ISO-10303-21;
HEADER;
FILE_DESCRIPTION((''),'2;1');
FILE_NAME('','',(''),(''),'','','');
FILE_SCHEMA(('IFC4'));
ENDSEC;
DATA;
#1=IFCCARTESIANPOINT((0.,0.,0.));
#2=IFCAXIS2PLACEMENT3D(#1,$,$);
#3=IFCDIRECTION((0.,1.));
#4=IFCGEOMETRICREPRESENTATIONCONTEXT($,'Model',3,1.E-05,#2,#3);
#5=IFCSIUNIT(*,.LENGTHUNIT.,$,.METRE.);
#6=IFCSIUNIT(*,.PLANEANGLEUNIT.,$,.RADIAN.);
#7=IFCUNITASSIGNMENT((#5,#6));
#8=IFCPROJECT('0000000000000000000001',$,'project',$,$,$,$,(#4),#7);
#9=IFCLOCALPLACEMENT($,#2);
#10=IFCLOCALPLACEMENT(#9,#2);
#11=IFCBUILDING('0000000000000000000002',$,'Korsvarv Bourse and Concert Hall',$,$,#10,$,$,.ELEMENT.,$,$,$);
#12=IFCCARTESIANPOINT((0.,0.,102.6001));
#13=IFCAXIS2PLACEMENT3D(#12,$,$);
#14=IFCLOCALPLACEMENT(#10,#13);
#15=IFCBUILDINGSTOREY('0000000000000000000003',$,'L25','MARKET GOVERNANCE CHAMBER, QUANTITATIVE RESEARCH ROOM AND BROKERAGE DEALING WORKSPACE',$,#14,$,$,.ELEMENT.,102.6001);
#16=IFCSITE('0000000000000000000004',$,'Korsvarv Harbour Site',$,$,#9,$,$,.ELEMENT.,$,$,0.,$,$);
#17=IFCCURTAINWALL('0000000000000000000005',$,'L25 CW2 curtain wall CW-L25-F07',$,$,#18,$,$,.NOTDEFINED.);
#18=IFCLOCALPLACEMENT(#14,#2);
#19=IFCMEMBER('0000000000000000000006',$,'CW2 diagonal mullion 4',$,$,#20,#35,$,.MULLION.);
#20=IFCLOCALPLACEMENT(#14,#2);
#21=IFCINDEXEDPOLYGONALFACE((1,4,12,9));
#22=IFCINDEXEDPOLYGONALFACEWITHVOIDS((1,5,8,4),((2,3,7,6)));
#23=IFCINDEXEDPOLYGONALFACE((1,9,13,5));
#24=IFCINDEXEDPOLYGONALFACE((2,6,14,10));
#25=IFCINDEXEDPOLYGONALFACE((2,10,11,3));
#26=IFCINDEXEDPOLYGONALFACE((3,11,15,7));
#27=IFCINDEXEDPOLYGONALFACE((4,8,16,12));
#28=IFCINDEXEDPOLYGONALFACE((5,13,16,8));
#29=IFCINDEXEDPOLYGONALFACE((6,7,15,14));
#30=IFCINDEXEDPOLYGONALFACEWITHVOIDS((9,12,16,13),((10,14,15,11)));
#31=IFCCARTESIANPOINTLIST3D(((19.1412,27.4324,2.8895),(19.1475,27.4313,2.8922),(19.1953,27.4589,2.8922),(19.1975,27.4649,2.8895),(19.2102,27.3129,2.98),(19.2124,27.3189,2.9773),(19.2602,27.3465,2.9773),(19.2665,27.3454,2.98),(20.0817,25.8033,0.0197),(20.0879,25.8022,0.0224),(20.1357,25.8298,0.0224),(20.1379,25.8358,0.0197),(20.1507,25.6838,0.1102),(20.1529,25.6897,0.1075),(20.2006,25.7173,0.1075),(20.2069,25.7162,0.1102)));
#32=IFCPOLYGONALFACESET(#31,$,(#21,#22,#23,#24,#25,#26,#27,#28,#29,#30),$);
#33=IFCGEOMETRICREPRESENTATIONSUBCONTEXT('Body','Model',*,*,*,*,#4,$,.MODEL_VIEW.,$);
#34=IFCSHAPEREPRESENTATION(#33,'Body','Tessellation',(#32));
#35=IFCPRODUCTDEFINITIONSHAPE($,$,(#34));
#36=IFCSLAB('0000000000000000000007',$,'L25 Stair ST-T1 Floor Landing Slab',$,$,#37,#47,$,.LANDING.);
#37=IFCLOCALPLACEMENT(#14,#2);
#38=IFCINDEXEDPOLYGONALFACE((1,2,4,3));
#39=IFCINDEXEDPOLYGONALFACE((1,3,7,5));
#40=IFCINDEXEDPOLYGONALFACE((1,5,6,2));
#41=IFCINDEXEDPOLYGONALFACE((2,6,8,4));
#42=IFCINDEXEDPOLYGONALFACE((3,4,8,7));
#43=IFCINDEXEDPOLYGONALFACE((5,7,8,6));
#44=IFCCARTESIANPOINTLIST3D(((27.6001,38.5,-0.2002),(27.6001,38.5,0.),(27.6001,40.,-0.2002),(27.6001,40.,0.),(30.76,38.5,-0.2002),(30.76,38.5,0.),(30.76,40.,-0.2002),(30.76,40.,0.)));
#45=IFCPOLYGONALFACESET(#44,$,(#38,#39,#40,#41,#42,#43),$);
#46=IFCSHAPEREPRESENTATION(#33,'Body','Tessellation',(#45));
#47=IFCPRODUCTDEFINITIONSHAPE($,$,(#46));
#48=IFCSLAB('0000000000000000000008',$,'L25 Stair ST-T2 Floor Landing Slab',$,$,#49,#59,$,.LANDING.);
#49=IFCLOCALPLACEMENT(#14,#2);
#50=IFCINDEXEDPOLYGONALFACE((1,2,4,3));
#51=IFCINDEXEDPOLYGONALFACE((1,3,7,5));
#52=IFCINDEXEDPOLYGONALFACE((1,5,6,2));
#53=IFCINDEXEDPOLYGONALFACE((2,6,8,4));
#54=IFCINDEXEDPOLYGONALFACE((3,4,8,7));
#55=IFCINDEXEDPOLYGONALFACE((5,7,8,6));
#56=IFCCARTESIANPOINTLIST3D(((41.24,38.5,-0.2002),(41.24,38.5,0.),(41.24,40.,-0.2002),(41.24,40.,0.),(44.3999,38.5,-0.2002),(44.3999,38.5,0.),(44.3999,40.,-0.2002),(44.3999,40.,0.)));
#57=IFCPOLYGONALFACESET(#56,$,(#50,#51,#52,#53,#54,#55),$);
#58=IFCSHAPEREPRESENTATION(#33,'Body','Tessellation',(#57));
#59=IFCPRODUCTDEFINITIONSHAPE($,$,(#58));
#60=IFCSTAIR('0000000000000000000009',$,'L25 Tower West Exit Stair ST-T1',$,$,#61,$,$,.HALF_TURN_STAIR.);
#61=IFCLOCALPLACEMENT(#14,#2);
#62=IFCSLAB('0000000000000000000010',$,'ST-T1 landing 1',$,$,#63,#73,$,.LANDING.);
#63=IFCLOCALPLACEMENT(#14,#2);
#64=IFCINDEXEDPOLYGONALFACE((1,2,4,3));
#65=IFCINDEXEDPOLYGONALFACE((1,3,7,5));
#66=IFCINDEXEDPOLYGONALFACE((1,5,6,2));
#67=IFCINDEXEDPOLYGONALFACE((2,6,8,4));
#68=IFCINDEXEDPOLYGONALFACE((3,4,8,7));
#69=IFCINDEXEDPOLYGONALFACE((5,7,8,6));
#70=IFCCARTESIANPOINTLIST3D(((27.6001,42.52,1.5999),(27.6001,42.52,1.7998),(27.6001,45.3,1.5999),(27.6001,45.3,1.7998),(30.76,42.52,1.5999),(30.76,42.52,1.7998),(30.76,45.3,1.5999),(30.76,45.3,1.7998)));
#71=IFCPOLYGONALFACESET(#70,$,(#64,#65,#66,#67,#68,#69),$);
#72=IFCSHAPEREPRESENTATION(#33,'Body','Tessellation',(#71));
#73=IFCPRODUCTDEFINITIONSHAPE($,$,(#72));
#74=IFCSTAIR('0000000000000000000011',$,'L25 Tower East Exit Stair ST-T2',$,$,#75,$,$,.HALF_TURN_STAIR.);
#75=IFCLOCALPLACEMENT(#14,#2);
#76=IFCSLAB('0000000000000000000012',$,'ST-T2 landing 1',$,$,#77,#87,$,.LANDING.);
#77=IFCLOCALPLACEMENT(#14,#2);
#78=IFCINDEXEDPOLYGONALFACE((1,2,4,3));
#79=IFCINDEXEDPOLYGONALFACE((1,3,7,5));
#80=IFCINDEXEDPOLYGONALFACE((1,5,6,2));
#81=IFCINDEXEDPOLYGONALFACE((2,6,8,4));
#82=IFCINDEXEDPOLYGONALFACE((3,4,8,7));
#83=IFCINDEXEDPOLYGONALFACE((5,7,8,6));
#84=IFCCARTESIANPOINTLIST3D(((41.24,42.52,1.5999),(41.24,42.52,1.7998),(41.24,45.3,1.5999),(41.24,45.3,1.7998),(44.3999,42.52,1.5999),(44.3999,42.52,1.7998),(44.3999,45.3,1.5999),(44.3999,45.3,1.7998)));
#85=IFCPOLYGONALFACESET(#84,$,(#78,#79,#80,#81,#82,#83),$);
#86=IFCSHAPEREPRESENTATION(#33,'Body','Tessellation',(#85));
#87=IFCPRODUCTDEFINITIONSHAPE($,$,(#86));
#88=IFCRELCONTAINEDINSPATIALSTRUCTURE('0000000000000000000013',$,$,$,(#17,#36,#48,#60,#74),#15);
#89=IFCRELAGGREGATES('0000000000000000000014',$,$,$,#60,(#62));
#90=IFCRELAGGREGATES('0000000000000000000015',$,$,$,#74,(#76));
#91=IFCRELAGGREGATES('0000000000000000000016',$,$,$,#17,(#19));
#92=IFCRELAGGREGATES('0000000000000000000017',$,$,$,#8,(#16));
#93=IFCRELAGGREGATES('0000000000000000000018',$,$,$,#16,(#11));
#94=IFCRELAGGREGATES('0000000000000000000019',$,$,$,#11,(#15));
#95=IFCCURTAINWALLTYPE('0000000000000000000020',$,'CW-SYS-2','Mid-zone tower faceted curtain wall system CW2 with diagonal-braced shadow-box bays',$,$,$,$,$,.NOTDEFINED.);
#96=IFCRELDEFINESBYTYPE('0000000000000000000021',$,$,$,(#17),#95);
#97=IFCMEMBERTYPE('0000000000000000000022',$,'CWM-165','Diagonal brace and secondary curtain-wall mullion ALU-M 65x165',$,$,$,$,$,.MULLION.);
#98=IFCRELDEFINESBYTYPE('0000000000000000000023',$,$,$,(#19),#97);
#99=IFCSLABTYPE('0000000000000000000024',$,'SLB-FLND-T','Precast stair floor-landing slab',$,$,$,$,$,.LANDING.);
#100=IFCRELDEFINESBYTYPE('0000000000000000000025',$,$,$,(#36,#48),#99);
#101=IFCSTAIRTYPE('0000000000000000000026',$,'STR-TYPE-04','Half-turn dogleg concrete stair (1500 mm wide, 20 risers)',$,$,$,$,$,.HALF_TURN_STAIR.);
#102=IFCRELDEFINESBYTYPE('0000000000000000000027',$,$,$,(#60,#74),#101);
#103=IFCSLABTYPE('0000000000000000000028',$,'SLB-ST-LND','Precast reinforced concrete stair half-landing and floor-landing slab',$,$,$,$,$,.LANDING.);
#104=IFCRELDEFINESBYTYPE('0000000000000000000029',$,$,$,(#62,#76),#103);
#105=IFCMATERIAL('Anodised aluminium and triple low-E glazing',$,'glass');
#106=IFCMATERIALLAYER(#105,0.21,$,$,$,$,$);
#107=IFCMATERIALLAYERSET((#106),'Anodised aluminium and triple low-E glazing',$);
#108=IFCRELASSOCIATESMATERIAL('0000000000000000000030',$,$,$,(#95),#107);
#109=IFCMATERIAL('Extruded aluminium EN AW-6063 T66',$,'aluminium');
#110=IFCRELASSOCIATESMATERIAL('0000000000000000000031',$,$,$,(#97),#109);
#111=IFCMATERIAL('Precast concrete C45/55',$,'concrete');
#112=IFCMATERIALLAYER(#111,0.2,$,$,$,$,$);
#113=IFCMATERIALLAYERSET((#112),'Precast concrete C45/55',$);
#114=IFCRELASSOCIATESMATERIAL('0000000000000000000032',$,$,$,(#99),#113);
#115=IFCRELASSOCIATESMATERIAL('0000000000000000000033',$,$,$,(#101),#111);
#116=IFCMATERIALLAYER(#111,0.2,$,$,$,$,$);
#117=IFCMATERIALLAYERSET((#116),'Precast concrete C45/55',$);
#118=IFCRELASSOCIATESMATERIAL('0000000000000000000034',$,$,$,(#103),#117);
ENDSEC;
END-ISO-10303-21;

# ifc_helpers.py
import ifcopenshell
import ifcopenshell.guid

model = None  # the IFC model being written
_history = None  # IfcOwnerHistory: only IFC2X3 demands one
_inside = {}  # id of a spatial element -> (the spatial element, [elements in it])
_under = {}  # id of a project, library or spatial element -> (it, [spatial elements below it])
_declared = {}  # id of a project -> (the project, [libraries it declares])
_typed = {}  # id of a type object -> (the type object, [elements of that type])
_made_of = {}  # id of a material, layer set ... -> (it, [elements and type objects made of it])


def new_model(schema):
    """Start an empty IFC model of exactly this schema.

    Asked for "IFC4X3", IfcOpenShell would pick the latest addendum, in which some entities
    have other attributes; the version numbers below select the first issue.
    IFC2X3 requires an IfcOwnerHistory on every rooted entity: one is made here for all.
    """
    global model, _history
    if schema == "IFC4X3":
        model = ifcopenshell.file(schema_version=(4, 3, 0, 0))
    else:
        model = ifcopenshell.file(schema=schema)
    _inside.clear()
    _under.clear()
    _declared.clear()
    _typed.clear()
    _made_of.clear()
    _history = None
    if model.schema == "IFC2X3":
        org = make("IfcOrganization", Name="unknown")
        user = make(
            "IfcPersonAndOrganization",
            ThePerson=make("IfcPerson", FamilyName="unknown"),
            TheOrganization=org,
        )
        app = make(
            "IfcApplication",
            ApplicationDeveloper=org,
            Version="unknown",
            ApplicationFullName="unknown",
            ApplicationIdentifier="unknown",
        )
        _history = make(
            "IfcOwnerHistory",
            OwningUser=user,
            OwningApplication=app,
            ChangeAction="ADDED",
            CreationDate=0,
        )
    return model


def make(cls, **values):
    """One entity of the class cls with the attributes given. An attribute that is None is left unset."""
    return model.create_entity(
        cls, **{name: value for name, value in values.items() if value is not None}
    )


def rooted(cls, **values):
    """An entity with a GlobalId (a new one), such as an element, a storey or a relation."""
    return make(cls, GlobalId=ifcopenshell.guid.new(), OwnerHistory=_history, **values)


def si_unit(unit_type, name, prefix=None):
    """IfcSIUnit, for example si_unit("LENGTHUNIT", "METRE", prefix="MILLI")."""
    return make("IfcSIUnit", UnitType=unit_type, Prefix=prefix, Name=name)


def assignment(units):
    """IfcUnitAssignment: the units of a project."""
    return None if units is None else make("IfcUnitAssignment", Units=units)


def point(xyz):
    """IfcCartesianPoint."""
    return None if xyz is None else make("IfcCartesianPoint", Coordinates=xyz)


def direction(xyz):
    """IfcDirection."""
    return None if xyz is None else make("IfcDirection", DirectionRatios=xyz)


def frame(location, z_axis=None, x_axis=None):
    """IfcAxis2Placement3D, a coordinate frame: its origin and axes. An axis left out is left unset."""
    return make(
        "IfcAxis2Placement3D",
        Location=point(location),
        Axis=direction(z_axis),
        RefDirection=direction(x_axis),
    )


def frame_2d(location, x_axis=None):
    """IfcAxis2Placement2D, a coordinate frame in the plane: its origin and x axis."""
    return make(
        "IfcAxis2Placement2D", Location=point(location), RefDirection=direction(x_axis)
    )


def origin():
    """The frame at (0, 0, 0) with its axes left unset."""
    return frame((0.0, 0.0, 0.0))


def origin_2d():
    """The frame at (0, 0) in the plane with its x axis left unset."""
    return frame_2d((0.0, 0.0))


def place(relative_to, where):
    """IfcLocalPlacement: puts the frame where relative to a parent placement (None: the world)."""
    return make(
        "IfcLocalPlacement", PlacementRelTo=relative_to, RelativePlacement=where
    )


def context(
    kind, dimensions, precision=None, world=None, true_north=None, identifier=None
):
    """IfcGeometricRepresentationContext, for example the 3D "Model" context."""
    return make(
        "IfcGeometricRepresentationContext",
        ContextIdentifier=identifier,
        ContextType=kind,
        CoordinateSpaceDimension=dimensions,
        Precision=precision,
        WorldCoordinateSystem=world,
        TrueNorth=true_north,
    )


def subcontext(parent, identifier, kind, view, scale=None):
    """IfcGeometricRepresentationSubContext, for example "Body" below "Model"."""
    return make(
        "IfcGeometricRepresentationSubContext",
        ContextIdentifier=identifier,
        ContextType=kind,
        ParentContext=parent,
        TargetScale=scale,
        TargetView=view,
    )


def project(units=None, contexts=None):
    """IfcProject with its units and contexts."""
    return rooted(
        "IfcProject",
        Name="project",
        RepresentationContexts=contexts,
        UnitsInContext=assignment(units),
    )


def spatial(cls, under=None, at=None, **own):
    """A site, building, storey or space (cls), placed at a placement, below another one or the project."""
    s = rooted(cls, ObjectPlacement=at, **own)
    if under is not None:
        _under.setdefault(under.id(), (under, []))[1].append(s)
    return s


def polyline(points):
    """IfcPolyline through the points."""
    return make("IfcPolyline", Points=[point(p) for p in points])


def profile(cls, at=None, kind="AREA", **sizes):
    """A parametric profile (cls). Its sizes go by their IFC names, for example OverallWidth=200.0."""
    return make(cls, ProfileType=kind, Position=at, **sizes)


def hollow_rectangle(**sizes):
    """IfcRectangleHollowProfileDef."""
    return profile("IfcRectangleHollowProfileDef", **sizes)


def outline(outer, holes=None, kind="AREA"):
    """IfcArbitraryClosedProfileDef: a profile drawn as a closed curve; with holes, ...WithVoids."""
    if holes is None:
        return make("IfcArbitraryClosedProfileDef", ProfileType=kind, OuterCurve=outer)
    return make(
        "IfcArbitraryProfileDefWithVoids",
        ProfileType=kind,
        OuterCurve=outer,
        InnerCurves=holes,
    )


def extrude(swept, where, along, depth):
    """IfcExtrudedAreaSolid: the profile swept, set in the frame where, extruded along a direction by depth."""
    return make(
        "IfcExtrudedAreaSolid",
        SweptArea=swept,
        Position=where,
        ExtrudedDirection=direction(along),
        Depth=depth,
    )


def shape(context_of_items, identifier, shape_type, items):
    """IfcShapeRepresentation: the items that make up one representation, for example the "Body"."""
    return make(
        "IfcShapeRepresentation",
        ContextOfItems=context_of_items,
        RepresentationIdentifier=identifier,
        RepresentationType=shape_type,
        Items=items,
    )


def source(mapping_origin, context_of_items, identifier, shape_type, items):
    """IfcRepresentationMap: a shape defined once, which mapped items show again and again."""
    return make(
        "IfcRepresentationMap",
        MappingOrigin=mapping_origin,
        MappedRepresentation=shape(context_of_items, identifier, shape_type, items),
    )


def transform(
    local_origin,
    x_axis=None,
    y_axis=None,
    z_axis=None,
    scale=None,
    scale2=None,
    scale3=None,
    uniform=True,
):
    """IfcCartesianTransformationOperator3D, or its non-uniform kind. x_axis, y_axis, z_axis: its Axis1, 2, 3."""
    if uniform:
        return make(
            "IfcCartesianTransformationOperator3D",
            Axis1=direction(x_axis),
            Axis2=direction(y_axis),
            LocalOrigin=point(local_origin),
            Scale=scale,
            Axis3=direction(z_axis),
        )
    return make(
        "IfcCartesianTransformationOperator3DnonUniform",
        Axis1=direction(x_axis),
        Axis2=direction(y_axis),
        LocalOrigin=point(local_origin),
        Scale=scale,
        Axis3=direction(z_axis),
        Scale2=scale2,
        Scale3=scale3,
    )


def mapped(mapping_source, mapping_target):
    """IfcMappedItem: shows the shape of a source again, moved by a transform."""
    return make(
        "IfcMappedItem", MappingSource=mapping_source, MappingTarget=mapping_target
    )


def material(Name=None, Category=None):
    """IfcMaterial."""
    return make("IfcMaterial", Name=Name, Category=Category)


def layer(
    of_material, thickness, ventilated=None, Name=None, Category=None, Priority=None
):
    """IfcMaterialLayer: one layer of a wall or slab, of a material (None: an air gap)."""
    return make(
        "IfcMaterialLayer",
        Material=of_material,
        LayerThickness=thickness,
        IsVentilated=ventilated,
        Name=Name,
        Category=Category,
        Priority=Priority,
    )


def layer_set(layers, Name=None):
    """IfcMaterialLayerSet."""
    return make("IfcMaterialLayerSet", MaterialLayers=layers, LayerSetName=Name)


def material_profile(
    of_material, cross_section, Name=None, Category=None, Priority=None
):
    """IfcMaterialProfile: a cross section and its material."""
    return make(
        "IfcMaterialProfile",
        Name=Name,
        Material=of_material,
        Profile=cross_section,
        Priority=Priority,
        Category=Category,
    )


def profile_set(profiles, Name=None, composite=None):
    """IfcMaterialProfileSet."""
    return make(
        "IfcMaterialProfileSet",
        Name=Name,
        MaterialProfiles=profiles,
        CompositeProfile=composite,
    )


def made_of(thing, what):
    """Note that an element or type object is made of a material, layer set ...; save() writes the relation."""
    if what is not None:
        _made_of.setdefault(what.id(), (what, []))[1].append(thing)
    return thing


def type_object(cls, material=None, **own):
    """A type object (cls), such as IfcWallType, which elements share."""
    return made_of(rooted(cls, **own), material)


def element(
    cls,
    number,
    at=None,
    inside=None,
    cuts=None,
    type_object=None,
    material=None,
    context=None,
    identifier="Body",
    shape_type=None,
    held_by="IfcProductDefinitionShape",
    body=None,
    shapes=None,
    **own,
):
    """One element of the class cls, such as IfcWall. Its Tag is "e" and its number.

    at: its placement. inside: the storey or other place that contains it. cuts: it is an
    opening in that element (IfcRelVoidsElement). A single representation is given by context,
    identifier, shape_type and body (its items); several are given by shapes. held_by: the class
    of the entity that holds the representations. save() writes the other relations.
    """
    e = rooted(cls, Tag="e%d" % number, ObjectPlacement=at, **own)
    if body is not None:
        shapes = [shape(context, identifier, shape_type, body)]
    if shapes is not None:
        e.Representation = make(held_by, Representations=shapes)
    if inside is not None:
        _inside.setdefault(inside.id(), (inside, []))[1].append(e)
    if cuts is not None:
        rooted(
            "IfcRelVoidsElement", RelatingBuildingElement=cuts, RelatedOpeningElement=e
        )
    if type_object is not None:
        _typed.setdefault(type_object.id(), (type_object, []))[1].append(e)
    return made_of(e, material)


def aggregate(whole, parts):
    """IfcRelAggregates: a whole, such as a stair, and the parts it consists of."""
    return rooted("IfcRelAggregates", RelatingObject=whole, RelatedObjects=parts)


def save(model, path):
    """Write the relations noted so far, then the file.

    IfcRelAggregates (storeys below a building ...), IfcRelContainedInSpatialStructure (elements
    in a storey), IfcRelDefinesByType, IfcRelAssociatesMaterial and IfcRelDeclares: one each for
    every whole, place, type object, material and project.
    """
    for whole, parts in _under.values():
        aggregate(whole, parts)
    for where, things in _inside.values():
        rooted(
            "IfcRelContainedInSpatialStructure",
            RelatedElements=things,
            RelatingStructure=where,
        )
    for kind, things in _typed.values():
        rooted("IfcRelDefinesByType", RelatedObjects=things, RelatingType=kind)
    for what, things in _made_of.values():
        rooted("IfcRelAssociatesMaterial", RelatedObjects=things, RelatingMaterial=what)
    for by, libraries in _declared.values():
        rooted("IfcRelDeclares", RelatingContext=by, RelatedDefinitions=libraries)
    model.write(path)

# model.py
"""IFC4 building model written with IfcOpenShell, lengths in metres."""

from ifc_helpers import new_model, si_unit, direction, frame, origin, origin_2d, place, context, subcontext, project, spatial, polyline, hollow_rectangle, outline, extrude, source, transform, mapped, material, layer, layer_set, material_profile, profile_set, type_object, element, aggregate, save


model = new_model("IFC4")

# Units and contexts
model_context = context("Model", 3, precision=1e-05, world=origin(), true_north=direction((0.0, 1.0)))
body_context = subcontext(model_context, "Body", "Model", "MODEL_VIEW")
ifc_project = project(units=[si_unit("LENGTHUNIT", "METRE"), si_unit("PLANEANGLEUNIT", "RADIAN")], contexts=[model_context])

# Site, building, storey
site_placement = place(None, origin())
site = spatial("IfcSite", under=ifc_project, at=site_placement, Name="Korsvarv Harbour Site", CompositionType="ELEMENT", RefElevation=0.0)
building_placement = place(site_placement, origin())
building = spatial("IfcBuilding", under=site, at=building_placement, Name="Korsvarv Bourse and Concert Hall", CompositionType="ELEMENT")
storey_placement = place(building_placement, frame((0.0, 0.0, 102.6001)))
storey = spatial("IfcBuildingStorey", under=building, at=storey_placement, Name="L25", Description="MARKET GOVERNANCE CHAMBER, QUANTITATIVE RESEARCH ROOM AND BROKERAGE DEALING WORKSPACE", CompositionType="ELEMENT", Elevation=102.6001)

# Curtain wall, member
ifc_material_1 = material(Name="Anodised aluminium and triple low-E glazing", Category="glass")
ifc_layer_1 = layer(ifc_material_1, 0.21)
ifc_layer_set_1 = layer_set([ifc_layer_1], Name="Anodised aluminium and triple low-E glazing")
curtain_wall_type = type_object("IfcCurtainWallType", Name="CW-SYS-2", Description="Mid-zone tower faceted curtain wall system CW2 with diagonal-braced shadow-box bays", PredefinedType="NOTDEFINED", material=ifc_layer_set_1)
curtain_wall_placement = place(storey_placement, origin())
curtain_wall = element("IfcCurtainWall", 1, at=curtain_wall_placement, inside=storey, type_object=curtain_wall_type, Name="L25 CW2 curtain wall CW-L25-F07", PredefinedType="NOTDEFINED")
ifc_material_2 = material(Name="Extruded aluminium EN AW-6063 T66", Category="aluminium")
ifc_material_profile_1 = material_profile(ifc_material_2, hollow_rectangle(XDim=0.0649, YDim=0.165, WallThickness=0.0049, at=origin_2d()), Name="ALU-M 65x165")
ifc_profile_set_1 = profile_set([ifc_material_profile_1], Name="Extruded aluminium EN AW-6063 T66")
member_type_1 = type_object("IfcMemberType", Name="CWM-165", Description="Diagonal brace and secondary curtain-wall mullion ALU-M 65x165", PredefinedType="MULLION", material=ifc_profile_set_1)
shared_shape_1 = source(origin(), body_context, "Body", "SweptSolid", [
    extrude(hollow_rectangle(XDim=0.0649, YDim=0.165, WallThickness=0.0049, at=origin_2d()), origin(), (0.0, 0.0, 1.0), 3.4314),
])
member_1_placement = place(storey_placement, frame((20.1443, 25.7598, 0.0649), z_axis=(-0.274064, 0.474773, 0.836349), x_axis=(-0.866062, -0.499936, 0.0)))
member_1 = element("IfcMember", 2, at=member_1_placement, type_object=member_type_1, Name="CW2 diagonal mullion 4", PredefinedType="MULLION", context=body_context, shape_type="MappedRepresentation", body=[
    mapped(shared_shape_1, transform((0.0, 0.0, 0.0), scale=1.0)),
])

# Slabs
ifc_material_3 = material(Name="Precast concrete C45/55", Category="concrete")
ifc_layer_2 = layer(ifc_material_3, 0.2)
ifc_layer_set_2 = layer_set([ifc_layer_2], Name="Precast concrete C45/55")
slab_type_1 = type_object("IfcSlabType", Name="SLB-FLND-T", Description="Precast stair floor-landing slab", PredefinedType="LANDING", material=ifc_layer_set_2)
slab_1_placement = place(storey_placement, frame((0.0, 0.0, -0.2002)))
element("IfcSlab", 3, at=slab_1_placement, inside=storey, type_object=slab_type_1, Name="L25 Stair ST-T1 Floor Landing Slab", PredefinedType="LANDING", context=body_context, shape_type="SweptSolid", body=[
    extrude(outline(polyline([(30.76, 38.5), (30.76, 40.0), (27.6001, 40.0), (27.6001, 38.5), (30.76, 38.5)])), origin(), (0.0, 0.0, 1.0), 0.2002),
])
slab_2_placement = place(storey_placement, frame((0.0, 0.0, -0.2002)))
element("IfcSlab", 4, at=slab_2_placement, inside=storey, type_object=slab_type_1, Name="L25 Stair ST-T2 Floor Landing Slab", PredefinedType="LANDING", context=body_context, shape_type="SweptSolid", body=[
    extrude(outline(polyline([(44.3999, 38.5), (44.3999, 40.0), (41.24, 40.0), (41.24, 38.5), (44.3999, 38.5)])), origin(), (0.0, 0.0, 1.0), 0.2002),
])

# Stairs, slabs
stair_type = type_object("IfcStairType", Name="STR-TYPE-04", Description="Half-turn dogleg concrete stair (1500 mm wide, 20 risers)", PredefinedType="HALF_TURN_STAIR", material=ifc_material_3)
stair_1_placement = place(storey_placement, origin())
stair_1 = element("IfcStair", 5, at=stair_1_placement, inside=storey, type_object=stair_type, Name="L25 Tower West Exit Stair ST-T1", PredefinedType="HALF_TURN_STAIR")
ifc_layer_3 = layer(ifc_material_3, 0.2)
ifc_layer_set_3 = layer_set([ifc_layer_3], Name="Precast concrete C45/55")
slab_type_2 = type_object("IfcSlabType", Name="SLB-ST-LND", Description="Precast reinforced concrete stair half-landing and floor-landing slab", PredefinedType="LANDING", material=ifc_layer_set_3)
slab_3_placement = place(storey_placement, frame((0.0, 0.0, 1.5999)))
slab_3 = element("IfcSlab", 6, at=slab_3_placement, type_object=slab_type_2, Name="ST-T1 landing 1", PredefinedType="LANDING", context=body_context, shape_type="SweptSolid", body=[
    extrude(outline(polyline([(30.76, 42.52), (30.76, 45.3), (27.6001, 45.3), (27.6001, 42.52), (30.76, 42.52)])), origin(), (0.0, 0.0, 1.0), 0.2),
])
aggregate(stair_1, [slab_3])
stair_2_placement = place(storey_placement, origin())
stair_2 = element("IfcStair", 7, at=stair_2_placement, inside=storey, type_object=stair_type, Name="L25 Tower East Exit Stair ST-T2", PredefinedType="HALF_TURN_STAIR")
slab_4_placement = place(storey_placement, frame((0.0, 0.0, 1.5999)))
slab_4 = element("IfcSlab", 8, at=slab_4_placement, type_object=slab_type_2, Name="ST-T2 landing 1", PredefinedType="LANDING", context=body_context, shape_type="SweptSolid", body=[
    extrude(outline(polyline([(44.3999, 42.52), (44.3999, 45.3), (41.24, 45.3), (41.24, 42.52), (44.3999, 42.52)])), origin(), (0.0, 0.0, 1.0), 0.2),
])
aggregate(stair_2, [slab_4])

aggregate(curtain_wall, [member_1])

save(model, "model.ifc")
